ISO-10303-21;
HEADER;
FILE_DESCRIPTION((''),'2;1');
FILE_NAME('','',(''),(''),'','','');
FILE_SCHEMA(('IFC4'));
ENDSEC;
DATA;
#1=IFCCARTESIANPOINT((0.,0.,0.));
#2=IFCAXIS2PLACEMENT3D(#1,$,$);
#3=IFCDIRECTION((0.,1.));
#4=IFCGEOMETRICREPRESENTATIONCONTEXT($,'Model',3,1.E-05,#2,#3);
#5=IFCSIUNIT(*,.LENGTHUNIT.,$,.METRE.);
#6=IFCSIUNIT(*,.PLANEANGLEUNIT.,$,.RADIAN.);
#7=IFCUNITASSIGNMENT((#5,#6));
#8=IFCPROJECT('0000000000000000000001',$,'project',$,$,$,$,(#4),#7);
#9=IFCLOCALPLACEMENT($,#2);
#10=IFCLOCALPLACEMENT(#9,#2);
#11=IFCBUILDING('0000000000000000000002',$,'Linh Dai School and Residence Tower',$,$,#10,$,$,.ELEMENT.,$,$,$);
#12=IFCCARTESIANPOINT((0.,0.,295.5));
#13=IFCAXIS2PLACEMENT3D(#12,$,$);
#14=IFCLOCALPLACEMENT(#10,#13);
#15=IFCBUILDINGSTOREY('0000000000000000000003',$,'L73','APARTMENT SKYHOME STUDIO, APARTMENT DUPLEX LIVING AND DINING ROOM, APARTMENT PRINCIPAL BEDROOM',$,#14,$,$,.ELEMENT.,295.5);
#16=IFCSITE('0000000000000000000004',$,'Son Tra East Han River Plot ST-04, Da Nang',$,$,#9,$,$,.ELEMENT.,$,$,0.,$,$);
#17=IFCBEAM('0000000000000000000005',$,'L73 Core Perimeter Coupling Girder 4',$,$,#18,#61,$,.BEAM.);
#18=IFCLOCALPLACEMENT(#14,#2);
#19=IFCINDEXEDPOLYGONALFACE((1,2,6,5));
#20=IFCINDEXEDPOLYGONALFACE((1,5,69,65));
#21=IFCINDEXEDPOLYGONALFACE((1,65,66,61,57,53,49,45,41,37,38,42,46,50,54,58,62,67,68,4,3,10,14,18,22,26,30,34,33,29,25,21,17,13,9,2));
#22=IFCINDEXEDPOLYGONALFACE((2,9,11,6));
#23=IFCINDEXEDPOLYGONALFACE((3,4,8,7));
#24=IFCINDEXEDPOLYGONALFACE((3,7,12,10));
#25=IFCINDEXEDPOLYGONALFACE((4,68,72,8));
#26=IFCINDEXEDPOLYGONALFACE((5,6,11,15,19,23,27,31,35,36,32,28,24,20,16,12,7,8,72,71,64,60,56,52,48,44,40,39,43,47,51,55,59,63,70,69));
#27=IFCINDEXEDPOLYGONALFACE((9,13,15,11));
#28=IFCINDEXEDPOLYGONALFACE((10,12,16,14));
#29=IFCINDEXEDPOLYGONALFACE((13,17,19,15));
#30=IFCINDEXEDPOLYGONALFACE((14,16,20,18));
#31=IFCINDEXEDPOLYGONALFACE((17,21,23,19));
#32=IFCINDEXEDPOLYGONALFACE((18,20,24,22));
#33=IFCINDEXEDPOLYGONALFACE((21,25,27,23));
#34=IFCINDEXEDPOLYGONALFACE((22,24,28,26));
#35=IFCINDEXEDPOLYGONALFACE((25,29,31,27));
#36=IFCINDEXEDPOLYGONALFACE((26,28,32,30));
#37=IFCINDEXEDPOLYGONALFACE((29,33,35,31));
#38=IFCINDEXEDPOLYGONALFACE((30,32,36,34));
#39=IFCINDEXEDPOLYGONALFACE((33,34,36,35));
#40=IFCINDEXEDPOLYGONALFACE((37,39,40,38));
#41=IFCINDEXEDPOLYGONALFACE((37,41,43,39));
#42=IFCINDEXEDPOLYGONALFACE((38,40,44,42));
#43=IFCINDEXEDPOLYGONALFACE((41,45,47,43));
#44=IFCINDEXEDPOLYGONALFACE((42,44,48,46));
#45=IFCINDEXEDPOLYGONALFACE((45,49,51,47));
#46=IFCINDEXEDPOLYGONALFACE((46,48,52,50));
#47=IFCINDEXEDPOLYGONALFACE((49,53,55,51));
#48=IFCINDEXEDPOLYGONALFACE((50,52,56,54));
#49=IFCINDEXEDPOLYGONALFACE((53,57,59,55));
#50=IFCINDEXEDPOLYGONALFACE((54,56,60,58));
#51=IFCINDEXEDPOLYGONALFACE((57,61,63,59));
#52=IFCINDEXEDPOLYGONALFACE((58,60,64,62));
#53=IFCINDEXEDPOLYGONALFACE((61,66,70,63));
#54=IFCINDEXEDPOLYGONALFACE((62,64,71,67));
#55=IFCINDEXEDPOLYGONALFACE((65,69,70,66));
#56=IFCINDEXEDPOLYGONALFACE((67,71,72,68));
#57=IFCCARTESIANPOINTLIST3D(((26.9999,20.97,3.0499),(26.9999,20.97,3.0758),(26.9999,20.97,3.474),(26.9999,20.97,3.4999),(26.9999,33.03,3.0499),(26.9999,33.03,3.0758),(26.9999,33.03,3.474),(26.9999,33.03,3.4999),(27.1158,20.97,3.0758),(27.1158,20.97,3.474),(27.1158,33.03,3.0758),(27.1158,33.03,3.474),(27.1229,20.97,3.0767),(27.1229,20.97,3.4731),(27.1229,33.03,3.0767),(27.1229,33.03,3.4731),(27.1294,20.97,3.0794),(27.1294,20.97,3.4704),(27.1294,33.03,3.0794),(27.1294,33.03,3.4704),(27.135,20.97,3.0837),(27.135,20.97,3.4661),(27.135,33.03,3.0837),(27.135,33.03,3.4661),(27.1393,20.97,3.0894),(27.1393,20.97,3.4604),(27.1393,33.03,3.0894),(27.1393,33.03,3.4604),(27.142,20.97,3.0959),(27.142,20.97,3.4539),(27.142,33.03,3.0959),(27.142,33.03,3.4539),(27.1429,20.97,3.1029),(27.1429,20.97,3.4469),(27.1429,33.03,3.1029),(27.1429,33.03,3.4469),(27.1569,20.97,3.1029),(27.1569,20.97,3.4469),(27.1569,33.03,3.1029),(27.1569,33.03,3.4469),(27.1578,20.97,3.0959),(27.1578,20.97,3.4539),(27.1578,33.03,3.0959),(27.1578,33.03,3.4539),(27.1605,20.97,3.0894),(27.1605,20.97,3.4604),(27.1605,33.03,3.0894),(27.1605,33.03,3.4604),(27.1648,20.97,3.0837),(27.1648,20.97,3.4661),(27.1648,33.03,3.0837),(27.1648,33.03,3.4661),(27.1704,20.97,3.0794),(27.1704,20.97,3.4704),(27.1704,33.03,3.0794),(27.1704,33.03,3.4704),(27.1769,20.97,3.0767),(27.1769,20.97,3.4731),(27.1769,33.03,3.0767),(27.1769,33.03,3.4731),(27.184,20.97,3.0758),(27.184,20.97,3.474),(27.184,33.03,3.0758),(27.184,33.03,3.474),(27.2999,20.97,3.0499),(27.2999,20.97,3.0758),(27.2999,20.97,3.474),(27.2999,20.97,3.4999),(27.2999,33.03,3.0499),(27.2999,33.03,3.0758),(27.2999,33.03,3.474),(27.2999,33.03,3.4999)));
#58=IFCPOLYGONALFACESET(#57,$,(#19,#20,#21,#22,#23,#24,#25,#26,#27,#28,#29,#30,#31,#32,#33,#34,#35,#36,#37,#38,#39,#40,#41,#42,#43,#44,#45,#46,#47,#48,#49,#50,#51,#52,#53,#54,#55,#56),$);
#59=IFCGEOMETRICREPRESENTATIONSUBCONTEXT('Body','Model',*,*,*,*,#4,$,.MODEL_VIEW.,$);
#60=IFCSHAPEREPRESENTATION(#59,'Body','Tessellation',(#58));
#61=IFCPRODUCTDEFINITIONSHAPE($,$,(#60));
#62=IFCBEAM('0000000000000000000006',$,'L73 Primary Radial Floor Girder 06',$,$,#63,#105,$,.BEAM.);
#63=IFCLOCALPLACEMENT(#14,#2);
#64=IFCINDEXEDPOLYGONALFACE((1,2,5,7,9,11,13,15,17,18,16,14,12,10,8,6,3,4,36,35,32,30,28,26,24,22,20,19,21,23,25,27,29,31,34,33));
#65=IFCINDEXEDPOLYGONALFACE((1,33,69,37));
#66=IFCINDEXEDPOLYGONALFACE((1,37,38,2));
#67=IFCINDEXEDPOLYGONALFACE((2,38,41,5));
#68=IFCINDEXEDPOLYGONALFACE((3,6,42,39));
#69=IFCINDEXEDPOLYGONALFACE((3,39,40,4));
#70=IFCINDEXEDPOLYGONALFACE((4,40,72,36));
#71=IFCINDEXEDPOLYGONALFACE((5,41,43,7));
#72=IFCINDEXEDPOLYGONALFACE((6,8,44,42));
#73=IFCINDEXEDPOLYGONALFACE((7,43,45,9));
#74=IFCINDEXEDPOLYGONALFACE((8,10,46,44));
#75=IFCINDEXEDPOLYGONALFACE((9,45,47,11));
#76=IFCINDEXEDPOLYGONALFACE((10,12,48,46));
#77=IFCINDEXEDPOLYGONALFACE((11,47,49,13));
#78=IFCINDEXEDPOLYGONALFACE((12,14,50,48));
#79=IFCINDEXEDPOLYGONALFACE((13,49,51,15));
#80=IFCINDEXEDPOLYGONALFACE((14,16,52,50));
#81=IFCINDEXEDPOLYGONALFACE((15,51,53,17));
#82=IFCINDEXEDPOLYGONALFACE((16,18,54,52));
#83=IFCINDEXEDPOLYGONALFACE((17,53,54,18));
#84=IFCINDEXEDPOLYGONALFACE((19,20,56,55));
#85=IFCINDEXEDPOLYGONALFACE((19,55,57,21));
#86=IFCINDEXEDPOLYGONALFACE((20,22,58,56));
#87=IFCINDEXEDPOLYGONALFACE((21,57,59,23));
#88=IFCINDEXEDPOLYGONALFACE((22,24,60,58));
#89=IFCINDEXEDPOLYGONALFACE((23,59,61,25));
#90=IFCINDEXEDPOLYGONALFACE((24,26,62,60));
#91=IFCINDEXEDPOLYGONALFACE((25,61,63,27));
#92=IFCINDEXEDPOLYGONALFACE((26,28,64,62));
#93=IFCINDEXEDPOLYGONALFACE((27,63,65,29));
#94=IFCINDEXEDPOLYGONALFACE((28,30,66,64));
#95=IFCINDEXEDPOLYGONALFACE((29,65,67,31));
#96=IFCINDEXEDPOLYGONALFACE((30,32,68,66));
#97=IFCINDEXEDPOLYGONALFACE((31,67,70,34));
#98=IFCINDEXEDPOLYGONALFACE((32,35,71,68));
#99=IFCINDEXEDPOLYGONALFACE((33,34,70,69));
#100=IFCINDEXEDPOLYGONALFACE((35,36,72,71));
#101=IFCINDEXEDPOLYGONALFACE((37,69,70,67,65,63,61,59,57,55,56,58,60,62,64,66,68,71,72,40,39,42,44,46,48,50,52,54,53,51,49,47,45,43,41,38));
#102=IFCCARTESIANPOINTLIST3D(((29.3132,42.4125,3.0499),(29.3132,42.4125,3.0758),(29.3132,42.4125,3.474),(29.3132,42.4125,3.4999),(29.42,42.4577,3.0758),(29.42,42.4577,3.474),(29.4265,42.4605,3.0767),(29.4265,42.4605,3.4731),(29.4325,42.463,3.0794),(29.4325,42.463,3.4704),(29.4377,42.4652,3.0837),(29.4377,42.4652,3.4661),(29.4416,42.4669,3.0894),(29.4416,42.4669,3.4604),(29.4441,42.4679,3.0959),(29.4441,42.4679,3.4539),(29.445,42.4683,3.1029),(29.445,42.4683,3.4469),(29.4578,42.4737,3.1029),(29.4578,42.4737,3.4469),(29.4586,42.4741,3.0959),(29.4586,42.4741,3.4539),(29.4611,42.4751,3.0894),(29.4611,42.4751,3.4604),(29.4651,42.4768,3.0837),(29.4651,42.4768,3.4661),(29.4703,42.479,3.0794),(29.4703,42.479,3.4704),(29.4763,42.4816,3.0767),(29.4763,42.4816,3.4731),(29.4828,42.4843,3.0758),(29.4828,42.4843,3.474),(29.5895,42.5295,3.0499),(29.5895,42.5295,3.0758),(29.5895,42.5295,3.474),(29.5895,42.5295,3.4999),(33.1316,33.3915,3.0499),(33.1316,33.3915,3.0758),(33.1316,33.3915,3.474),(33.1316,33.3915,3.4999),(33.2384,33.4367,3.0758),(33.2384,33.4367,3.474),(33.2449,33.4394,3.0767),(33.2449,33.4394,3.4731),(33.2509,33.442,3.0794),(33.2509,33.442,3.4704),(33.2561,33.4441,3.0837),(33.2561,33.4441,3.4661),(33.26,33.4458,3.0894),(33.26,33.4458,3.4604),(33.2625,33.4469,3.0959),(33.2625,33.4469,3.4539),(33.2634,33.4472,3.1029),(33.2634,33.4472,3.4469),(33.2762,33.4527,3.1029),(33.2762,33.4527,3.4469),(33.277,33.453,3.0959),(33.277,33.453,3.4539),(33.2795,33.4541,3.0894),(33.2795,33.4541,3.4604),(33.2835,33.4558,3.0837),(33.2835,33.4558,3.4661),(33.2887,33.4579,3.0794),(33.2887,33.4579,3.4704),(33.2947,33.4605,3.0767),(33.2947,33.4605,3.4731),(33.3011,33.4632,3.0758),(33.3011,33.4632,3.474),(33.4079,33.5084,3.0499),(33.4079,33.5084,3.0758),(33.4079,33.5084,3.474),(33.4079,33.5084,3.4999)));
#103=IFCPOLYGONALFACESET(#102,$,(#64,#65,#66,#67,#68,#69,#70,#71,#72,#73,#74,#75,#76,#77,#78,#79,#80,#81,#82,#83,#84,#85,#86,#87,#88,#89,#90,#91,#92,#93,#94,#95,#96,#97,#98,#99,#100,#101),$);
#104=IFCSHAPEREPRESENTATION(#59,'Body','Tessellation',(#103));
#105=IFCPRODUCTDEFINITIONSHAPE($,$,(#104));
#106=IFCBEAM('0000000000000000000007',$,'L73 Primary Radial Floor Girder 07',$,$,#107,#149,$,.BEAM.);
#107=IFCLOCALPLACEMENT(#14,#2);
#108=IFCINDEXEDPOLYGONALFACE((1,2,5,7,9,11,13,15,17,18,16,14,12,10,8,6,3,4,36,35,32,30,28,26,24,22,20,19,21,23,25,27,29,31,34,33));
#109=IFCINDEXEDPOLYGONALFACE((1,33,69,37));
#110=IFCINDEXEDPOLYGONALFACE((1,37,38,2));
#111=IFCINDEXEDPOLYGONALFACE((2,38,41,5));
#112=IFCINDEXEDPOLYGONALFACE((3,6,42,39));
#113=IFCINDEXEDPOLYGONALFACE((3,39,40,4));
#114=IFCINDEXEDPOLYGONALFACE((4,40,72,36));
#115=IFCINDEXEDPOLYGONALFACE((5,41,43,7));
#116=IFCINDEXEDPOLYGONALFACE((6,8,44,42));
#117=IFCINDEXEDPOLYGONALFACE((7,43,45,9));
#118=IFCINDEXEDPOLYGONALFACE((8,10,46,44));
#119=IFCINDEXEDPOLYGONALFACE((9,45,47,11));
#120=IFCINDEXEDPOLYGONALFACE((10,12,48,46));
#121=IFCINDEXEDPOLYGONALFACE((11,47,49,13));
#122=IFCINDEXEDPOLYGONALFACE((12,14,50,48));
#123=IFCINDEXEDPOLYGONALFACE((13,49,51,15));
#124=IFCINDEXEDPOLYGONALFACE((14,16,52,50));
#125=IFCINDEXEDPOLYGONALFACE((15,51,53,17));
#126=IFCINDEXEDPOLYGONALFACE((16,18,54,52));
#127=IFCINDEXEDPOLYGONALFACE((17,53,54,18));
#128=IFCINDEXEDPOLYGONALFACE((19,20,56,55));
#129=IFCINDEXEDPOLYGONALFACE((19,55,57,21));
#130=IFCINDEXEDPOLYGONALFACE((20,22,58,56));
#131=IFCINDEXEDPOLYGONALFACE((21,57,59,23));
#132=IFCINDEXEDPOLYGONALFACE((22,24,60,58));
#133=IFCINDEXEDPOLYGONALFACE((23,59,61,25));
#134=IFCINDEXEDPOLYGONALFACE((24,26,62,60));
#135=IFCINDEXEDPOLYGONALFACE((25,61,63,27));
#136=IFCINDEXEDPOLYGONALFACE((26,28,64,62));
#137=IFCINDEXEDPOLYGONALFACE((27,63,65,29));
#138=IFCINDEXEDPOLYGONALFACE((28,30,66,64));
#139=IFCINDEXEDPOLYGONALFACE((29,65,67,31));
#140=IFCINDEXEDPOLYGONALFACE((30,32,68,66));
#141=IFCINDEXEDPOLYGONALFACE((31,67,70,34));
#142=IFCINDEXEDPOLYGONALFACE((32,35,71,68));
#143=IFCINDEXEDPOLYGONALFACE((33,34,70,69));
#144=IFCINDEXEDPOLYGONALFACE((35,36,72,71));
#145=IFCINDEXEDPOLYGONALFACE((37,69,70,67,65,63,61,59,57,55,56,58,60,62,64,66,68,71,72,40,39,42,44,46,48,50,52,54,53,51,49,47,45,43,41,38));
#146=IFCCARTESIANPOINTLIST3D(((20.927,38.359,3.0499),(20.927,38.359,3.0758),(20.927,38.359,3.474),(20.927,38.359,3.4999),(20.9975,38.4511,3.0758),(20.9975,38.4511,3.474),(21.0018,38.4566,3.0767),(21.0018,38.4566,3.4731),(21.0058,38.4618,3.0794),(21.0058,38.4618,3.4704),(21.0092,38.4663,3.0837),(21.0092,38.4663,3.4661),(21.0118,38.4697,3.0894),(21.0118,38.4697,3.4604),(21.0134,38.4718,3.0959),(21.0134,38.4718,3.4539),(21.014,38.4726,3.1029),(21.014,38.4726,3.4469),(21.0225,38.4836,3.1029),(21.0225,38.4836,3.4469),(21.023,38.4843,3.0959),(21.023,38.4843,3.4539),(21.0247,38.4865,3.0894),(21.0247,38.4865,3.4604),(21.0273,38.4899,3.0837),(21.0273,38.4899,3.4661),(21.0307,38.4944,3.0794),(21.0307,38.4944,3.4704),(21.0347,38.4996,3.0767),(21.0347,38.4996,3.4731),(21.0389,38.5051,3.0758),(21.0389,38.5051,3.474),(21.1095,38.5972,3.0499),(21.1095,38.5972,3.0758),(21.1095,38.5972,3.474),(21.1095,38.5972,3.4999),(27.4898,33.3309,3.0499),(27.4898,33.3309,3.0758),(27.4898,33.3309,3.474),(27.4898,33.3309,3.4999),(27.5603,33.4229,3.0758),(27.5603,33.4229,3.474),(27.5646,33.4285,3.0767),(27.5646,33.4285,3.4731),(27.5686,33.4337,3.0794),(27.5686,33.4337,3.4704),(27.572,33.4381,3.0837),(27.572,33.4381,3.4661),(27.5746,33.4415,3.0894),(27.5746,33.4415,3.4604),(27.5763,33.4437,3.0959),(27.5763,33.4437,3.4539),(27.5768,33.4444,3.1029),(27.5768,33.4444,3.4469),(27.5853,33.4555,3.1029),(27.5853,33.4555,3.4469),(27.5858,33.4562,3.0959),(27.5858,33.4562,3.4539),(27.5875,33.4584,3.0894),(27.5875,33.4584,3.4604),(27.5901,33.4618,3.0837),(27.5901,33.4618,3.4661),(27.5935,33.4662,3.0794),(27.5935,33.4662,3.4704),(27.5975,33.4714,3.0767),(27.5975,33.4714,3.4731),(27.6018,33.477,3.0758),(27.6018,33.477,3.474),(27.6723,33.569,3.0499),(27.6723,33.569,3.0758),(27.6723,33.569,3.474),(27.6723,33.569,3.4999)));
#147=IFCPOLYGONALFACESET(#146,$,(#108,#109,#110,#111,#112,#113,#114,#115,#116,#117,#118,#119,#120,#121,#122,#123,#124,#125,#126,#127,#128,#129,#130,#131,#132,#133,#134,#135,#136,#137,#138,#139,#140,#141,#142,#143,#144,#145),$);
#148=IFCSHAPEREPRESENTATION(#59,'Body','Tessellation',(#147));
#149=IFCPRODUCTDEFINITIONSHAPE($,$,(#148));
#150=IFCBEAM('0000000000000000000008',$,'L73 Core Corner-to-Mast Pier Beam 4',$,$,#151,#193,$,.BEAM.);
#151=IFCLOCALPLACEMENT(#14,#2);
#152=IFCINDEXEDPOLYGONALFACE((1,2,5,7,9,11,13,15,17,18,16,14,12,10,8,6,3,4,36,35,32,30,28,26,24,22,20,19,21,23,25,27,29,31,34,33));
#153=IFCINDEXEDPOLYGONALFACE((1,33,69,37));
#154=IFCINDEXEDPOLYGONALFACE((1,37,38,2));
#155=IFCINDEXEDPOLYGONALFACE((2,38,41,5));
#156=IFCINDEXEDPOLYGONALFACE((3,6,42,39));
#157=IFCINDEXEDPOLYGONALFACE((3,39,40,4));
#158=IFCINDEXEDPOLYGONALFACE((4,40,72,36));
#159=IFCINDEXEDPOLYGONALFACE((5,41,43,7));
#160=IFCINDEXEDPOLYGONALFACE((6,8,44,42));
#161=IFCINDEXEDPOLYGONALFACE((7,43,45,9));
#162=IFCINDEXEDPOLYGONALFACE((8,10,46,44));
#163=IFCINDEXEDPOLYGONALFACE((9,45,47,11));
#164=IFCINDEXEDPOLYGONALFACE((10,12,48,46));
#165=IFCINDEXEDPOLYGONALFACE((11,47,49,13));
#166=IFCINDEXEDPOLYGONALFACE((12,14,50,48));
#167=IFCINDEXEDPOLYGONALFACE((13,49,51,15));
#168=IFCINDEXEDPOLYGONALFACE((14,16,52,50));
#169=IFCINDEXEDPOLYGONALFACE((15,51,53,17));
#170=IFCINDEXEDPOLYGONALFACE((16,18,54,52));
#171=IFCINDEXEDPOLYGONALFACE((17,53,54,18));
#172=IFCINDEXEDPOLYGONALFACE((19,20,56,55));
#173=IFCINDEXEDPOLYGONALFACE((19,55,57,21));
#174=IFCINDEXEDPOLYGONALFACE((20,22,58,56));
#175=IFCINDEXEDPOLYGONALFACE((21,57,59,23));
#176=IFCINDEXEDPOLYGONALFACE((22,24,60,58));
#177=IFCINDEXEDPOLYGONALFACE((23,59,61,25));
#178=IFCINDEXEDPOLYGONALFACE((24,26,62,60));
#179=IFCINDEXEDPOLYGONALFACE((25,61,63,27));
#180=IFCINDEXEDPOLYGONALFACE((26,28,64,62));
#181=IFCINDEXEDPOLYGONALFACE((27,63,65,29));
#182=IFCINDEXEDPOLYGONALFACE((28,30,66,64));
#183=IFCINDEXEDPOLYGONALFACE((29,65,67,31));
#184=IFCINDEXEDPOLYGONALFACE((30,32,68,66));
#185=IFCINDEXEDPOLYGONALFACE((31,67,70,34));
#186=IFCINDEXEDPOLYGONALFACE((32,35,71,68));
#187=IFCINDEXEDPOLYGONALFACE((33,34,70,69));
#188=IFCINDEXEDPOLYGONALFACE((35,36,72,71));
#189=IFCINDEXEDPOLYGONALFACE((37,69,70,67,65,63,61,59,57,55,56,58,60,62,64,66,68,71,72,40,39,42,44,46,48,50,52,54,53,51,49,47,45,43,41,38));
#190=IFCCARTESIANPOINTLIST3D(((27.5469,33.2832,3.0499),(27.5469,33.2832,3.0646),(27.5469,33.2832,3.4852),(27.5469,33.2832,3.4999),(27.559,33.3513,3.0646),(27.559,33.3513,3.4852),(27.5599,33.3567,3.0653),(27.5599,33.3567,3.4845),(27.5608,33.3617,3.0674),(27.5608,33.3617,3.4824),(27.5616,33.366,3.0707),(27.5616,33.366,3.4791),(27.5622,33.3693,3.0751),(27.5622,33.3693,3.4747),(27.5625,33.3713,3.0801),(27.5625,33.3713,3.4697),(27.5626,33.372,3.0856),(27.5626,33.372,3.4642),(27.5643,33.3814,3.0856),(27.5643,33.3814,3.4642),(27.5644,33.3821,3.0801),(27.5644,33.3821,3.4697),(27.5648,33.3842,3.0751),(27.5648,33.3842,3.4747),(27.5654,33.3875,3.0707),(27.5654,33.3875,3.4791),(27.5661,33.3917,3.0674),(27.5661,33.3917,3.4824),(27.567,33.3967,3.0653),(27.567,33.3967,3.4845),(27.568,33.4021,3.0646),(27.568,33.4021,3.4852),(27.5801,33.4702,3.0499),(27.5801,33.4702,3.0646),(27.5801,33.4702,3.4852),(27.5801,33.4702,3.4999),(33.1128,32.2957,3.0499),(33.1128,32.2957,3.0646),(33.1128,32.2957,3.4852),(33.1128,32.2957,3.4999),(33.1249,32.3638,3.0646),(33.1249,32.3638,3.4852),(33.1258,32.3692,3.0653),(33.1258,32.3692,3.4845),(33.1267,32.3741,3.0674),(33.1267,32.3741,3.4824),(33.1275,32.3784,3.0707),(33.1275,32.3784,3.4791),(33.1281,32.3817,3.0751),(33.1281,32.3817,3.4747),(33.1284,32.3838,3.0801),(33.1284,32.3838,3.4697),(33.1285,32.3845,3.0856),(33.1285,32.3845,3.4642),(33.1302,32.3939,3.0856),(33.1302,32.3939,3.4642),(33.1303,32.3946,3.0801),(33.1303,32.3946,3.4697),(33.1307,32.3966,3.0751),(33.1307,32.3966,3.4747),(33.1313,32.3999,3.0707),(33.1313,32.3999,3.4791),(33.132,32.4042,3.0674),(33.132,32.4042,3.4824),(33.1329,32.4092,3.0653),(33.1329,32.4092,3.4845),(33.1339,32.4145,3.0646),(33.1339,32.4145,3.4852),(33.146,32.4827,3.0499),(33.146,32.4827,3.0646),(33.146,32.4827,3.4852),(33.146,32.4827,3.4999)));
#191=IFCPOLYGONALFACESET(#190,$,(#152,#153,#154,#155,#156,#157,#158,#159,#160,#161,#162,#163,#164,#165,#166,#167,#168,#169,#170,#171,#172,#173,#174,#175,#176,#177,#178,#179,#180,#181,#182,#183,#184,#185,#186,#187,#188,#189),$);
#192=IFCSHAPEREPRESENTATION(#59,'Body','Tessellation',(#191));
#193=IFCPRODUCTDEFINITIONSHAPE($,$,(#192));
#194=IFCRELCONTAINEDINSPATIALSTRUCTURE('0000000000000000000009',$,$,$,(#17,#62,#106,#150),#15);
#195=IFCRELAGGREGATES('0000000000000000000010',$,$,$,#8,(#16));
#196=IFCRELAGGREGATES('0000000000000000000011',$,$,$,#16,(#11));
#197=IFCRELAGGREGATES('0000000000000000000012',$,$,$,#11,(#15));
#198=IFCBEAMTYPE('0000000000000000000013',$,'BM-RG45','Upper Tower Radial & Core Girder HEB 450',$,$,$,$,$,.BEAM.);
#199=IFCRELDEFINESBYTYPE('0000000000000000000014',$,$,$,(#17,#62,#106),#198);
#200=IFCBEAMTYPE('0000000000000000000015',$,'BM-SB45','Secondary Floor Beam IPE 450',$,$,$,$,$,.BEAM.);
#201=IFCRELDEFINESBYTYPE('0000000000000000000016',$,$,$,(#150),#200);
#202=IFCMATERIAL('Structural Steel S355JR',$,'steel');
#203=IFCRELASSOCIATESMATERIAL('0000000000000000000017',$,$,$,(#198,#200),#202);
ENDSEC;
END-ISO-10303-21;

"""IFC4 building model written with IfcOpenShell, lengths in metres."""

from ifc_helpers import new_model, si_unit, direction, frame, origin, origin_2d, place, context, subcontext, project, spatial, i_section, extrude, material, material_profile, profile_set, type_object, element, save


model = new_model("IFC4")

# Units and contexts
model_context = context("Model", 3, precision=1e-05, world=origin(), true_north=direction((0.0, 1.0)))
body_context = subcontext(model_context, "Body", "Model", "MODEL_VIEW")
ifc_project = project(units=[si_unit("LENGTHUNIT", "METRE"), si_unit("PLANEANGLEUNIT", "RADIAN")], contexts=[model_context])

# Site, building, storey
site_placement = place(None, origin())
site = spatial("IfcSite", under=ifc_project, at=site_placement, Name="Son Tra East Han River Plot ST-04, Da Nang", CompositionType="ELEMENT", RefElevation=0.0)
building_placement = place(site_placement, origin())
building = spatial("IfcBuilding", under=site, at=building_placement, Name="Linh Dai School and Residence Tower", CompositionType="ELEMENT")
storey_placement = place(building_placement, frame((0.0, 0.0, 295.5)))
storey = spatial("IfcBuildingStorey", under=building, at=storey_placement, Name="L73", Description="APARTMENT SKYHOME STUDIO, APARTMENT DUPLEX LIVING AND DINING ROOM, APARTMENT PRINCIPAL BEDROOM", CompositionType="ELEMENT", Elevation=295.5)

# Shared definitions
ifc_material_1 = material(Name="Structural Steel S355JR", Category="steel")

# Beams
ifc_material_profile_1 = material_profile(ifc_material_1, i_section(OverallWidth=0.3, OverallDepth=0.45, WebThickness=0.0139, FlangeThickness=0.0259, FilletRadius=0.0271, at=origin_2d()), Name="HEB 450")
ifc_profile_set_1 = profile_set([ifc_material_profile_1], Name="Structural Steel S355JR")
beam_type_1 = type_object("IfcBeamType", Name="BM-RG45", Description="Upper Tower Radial & Core Girder HEB 450", PredefinedType="BEAM", material=ifc_profile_set_1)
beam_1_placement = place(storey_placement, frame((27.1499, 33.03, 3.2749), z_axis=(0.0, -1.0, 0.0), x_axis=(1.0, 0.0, 0.0)))
element("IfcBeam", 1, at=beam_1_placement, inside=storey, type_object=beam_type_1, Name="L73 Core Perimeter Coupling Girder 4", PredefinedType="BEAM", context=body_context, shape_type="SweptSolid", body=[
    extrude(i_section(OverallWidth=0.3, OverallDepth=0.45, WebThickness=0.0139, FlangeThickness=0.0259, FilletRadius=0.0271, at=origin_2d()), origin(), (0.0, 0.0, 1.0), 12.0601),
])
beam_2_placement = place(storey_placement, frame((33.2698, 33.45, 3.2749), z_axis=(-0.389794, 0.920902, 0.0), x_axis=(-0.920902, -0.389794, 0.0)))
element("IfcBeam", 2, at=beam_2_placement, inside=storey, type_object=beam_type_1, Name="L73 Primary Radial Floor Girder 06", PredefinedType="BEAM", context=body_context, shape_type="SweptSolid", body=[
    extrude(i_section(OverallWidth=0.3, OverallDepth=0.45, WebThickness=0.0139, FlangeThickness=0.0259, FilletRadius=0.0271, at=origin_2d()), origin(), (0.0, 0.0, 1.0), 9.7959),
])
beam_3_placement = place(storey_placement, frame((27.5811, 33.45, 3.2749), z_axis=(-0.793803, 0.608175, 0.0), x_axis=(-0.608175, -0.793803, 0.0)))
element("IfcBeam", 3, at=beam_3_placement, inside=storey, type_object=beam_type_1, Name="L73 Primary Radial Floor Girder 07", PredefinedType="BEAM", context=body_context, shape_type="SweptSolid", body=[
    extrude(i_section(OverallWidth=0.3, OverallDepth=0.45, WebThickness=0.0139, FlangeThickness=0.0259, FilletRadius=0.0271, at=origin_2d()), origin(), (0.0, 0.0, 1.0), 8.2676),
])
ifc_material_profile_2 = material_profile(ifc_material_1, i_section(OverallWidth=0.1899, OverallDepth=0.45, WebThickness=0.0095, FlangeThickness=0.0146, FilletRadius=0.021, at=origin_2d()), Name="IPE 450")
ifc_profile_set_2 = profile_set([ifc_material_profile_2], Name="Structural Steel S355JR")
beam_type_2 = type_object("IfcBeamType", Name="BM-SB45", Description="Secondary Floor Beam IPE 450", PredefinedType="BEAM", material=ifc_profile_set_2)
beam_4_placement = place(storey_placement, frame((27.5635, 33.3767, 3.2749), z_axis=(0.984622, -0.174699, 0.0), x_axis=(0.174699, 0.984622, 0.0)))
element("IfcBeam", 4, at=beam_4_placement, inside=storey, type_object=beam_type_2, Name="L73 Core Corner-to-Mast Pier Beam 4", PredefinedType="BEAM", context=body_context, shape_type="SweptSolid", body=[
    extrude(i_section(OverallWidth=0.1899, OverallDepth=0.45, WebThickness=0.0095, FlangeThickness=0.0146, FilletRadius=0.021, at=origin_2d()), origin(), (0.0, 0.0, 1.0), 5.6528),
])

save(model, "model.ifc")
